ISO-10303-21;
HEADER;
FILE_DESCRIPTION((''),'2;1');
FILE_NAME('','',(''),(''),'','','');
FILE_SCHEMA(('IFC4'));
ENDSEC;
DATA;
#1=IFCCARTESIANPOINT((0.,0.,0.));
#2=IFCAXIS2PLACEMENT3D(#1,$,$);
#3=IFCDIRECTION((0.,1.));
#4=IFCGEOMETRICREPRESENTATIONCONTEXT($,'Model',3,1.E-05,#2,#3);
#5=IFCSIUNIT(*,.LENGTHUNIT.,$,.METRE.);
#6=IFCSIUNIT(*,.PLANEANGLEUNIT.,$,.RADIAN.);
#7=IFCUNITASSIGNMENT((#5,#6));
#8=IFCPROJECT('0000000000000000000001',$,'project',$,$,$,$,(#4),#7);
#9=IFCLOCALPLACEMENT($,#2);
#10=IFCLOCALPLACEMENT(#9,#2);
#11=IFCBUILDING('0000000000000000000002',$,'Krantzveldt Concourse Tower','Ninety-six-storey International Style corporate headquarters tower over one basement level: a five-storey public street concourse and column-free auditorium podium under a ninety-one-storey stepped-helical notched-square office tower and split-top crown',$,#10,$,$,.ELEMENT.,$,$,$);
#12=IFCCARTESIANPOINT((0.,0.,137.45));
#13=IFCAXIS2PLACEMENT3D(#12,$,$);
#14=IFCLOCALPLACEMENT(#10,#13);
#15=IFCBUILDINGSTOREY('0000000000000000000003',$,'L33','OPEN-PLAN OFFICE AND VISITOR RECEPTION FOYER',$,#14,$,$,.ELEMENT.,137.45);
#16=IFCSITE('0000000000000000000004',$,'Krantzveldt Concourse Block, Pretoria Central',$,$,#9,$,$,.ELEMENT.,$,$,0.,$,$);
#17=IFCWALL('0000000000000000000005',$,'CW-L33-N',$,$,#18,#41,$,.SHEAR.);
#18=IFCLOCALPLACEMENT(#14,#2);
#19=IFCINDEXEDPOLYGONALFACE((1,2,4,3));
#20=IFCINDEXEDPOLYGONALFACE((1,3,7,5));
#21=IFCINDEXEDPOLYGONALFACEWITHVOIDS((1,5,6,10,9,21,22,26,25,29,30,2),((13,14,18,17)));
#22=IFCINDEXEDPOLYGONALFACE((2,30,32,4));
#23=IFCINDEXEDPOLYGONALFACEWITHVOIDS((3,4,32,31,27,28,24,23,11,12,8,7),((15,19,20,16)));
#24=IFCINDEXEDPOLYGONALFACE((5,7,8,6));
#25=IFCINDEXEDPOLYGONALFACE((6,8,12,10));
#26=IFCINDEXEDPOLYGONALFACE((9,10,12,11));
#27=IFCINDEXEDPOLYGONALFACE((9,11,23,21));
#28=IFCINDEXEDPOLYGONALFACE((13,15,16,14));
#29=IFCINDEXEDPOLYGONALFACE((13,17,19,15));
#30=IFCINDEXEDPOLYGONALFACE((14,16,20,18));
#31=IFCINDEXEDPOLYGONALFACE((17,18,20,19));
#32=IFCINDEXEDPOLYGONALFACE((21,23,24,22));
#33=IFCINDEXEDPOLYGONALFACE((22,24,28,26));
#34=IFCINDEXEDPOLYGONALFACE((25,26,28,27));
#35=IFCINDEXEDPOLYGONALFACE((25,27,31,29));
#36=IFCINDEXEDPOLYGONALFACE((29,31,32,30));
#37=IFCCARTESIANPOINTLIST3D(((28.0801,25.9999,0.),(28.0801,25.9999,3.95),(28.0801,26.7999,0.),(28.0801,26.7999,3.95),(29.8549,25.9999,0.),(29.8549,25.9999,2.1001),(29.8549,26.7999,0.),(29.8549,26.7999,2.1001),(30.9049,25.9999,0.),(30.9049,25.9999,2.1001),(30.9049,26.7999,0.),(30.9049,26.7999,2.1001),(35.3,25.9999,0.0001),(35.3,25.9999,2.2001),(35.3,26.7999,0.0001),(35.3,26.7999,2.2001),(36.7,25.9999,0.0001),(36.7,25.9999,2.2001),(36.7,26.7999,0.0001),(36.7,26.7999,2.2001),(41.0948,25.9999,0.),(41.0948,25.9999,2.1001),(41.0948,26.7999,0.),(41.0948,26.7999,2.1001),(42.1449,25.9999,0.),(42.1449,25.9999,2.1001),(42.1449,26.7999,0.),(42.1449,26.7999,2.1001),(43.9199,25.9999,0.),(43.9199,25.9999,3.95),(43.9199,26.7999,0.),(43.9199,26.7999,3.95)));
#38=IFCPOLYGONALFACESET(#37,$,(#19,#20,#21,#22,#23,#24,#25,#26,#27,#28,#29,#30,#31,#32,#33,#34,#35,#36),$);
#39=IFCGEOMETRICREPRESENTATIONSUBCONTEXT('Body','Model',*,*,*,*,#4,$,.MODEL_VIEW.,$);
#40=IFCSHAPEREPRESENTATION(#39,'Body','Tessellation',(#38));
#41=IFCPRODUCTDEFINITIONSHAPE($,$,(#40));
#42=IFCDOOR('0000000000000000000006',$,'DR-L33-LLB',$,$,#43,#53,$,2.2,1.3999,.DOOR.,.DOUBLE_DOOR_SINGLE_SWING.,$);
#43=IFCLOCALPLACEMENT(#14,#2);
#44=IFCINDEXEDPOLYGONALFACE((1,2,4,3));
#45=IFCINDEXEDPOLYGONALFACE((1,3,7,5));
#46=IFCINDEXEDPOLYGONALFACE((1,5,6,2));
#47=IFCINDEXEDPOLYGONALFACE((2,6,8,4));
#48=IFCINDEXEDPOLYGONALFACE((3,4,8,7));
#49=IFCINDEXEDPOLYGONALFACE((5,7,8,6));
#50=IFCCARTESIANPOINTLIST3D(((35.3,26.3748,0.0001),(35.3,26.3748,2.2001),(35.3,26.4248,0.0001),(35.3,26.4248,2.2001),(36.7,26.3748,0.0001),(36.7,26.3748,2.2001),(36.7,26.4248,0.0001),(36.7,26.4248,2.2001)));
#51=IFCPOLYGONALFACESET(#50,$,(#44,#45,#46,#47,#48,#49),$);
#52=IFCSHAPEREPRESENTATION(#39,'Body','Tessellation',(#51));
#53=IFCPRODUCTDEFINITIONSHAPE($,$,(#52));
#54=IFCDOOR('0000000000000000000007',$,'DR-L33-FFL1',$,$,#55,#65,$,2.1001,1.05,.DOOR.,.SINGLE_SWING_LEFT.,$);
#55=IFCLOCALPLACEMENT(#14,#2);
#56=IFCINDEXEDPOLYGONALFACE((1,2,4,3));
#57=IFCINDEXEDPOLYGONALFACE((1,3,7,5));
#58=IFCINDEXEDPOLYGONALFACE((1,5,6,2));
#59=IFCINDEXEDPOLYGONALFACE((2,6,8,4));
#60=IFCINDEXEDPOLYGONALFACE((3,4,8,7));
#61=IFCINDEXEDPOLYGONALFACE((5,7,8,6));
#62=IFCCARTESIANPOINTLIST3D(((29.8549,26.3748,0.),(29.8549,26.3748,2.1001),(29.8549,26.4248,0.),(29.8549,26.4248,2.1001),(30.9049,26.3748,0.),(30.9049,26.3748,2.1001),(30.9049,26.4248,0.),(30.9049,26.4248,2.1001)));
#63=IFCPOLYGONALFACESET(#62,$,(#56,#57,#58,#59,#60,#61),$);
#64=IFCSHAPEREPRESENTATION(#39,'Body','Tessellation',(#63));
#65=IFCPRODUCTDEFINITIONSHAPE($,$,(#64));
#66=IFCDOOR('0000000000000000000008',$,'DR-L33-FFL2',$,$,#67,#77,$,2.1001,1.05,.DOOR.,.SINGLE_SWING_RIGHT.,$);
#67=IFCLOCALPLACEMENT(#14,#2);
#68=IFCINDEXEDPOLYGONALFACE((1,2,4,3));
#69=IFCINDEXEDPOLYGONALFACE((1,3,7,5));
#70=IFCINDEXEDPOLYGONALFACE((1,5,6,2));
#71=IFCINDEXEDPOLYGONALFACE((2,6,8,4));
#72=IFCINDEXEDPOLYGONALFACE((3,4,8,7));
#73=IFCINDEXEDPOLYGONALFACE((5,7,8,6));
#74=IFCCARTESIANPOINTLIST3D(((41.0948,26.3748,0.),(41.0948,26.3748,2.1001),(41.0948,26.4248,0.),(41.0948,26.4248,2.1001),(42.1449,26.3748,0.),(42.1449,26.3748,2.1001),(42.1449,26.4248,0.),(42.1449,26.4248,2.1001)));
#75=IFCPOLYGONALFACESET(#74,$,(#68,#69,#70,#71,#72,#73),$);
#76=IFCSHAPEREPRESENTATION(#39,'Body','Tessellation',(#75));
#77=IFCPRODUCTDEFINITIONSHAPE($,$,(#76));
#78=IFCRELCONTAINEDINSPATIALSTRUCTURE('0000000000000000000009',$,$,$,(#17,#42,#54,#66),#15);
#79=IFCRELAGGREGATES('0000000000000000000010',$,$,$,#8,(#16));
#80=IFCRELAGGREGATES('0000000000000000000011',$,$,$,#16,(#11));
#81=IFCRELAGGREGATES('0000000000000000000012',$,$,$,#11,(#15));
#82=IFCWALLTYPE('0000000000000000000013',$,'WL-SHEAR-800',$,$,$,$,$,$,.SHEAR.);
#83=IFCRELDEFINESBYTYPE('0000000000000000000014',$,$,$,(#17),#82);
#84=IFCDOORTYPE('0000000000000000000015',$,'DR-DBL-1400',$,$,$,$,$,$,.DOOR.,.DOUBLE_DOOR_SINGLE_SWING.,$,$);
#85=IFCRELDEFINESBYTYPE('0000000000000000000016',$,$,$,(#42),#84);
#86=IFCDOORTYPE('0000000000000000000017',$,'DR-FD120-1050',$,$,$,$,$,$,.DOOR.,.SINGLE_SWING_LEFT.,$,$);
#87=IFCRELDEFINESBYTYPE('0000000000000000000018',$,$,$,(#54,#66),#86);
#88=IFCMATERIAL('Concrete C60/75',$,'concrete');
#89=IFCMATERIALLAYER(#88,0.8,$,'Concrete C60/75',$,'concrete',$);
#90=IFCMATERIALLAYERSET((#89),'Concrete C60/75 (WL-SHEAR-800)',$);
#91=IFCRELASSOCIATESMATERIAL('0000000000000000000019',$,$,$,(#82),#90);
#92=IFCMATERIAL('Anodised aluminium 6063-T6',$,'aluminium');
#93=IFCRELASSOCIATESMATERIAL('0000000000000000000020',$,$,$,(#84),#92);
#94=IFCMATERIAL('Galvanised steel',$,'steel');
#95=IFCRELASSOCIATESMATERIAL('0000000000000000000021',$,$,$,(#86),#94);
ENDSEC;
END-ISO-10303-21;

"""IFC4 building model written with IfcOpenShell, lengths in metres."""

from ifc_helpers import new_model, si_unit, direction, frame, frame_2d, origin, place, context, subcontext, project, spatial, rectangle, extrude, material, layer, layer_set, type_object, element, fill, save


model = new_model("IFC4")

# Units and contexts
model_context = context("Model", 3, precision=1e-05, world=origin(), true_north=direction((0.0, 1.0)))
body_context = subcontext(model_context, "Body", "Model", "MODEL_VIEW")
ifc_project = project(units=[si_unit("LENGTHUNIT", "METRE"), si_unit("PLANEANGLEUNIT", "RADIAN")], contexts=[model_context])

# Site, building, storey
site_placement = place(None, origin())
site = spatial("IfcSite", under=ifc_project, at=site_placement, Name="Krantzveldt Concourse Block, Pretoria Central", CompositionType="ELEMENT", RefElevation=0.0)
building_placement = place(site_placement, origin())
building = spatial("IfcBuilding", under=site, at=building_placement, Name="Krantzveldt Concourse Tower", Description="Ninety-six-storey International Style corporate headquarters tower over one basement level: a five-storey public street concourse and column-free auditorium podium under a ninety-one-storey stepped-helical notched-square office tower and split-top crown", CompositionType="ELEMENT")
storey_placement = place(building_placement, frame((0.0, 0.0, 137.45)))
storey = spatial("IfcBuildingStorey", under=building, at=storey_placement, Name="L33", Description="OPEN-PLAN OFFICE AND VISITOR RECEPTION FOYER", CompositionType="ELEMENT", Elevation=137.45)

# Wall, openings, doors
ifc_material_1 = material(Name="Concrete C60/75", Category="concrete")
ifc_layer_1 = layer(ifc_material_1, 0.8, Name="Concrete C60/75", Category="concrete")
ifc_layer_set_1 = layer_set([ifc_layer_1], Name="Concrete C60/75 (WL-SHEAR-800)")
wall_type_1 = type_object("IfcWallType", Name="WL-SHEAR-800", PredefinedType="SHEAR", material=ifc_layer_set_1)
wall_1_placement = place(storey_placement, frame((28.0801, 26.3999, 0.0), z_axis=(0.0, 0.0, 1.0), x_axis=(1.0, 0.0, 0.0)))
wall_1 = element("IfcWall", 1, at=wall_1_placement, inside=storey, type_object=wall_type_1, Name="CW-L33-N", PredefinedType="SHEAR", context=body_context, shape_type="SweptSolid", body=[
    extrude(rectangle(XDim=15.8398, YDim=0.8, at=frame_2d((7.9199, 0.0))), origin(), (0.0, 0.0, 1.0), 3.95),
])
opening_1_placement = place(wall_1_placement, frame((7.22, 0.0, 0.0)))
opening_1 = element("IfcOpeningElement", 2, at=opening_1_placement, cuts=wall_1, PredefinedType="OPENING", context=body_context, shape_type="SweptSolid", body=[
    extrude(rectangle(XDim=1.3999, YDim=2.2, at=frame_2d((0.7, 1.1001))), frame((0.0, 0.4102, 0.0), z_axis=(0.0, -1.0, 0.0), x_axis=(1.0, 0.0, 0.0)), (0.0, 0.0, 1.0), 0.8201),
])
opening_2_placement = place(wall_1_placement, frame((1.7749, 0.0, 0.0)))
opening_2 = element("IfcOpeningElement", 3, at=opening_2_placement, cuts=wall_1, PredefinedType="OPENING", context=body_context, shape_type="SweptSolid", body=[
    extrude(rectangle(XDim=1.05, YDim=2.1001, at=frame_2d((0.5249, 1.05))), frame((0.0, 0.4102, 0.0), z_axis=(0.0, -1.0, 0.0), x_axis=(1.0, 0.0, 0.0)), (0.0, 0.0, 1.0), 0.8201),
])
opening_3_placement = place(wall_1_placement, frame((13.0149, 0.0, 0.0)))
opening_3 = element("IfcOpeningElement", 4, at=opening_3_placement, cuts=wall_1, PredefinedType="OPENING", context=body_context, shape_type="SweptSolid", body=[
    extrude(rectangle(XDim=1.05, YDim=2.1001, at=frame_2d((0.5249, 1.05))), frame((0.0, 0.4102, 0.0), z_axis=(0.0, -1.0, 0.0), x_axis=(1.0, 0.0, 0.0)), (0.0, 0.0, 1.0), 0.8201),
])
ifc_material_2 = material(Name="Anodised aluminium 6063-T6", Category="aluminium")
door_type_1 = type_object("IfcDoorType", Name="DR-DBL-1400", OperationType="DOUBLE_DOOR_SINGLE_SWING", PredefinedType="DOOR", material=ifc_material_2)
door_1_placement = place(opening_1_placement, origin())
door_1 = element("IfcDoor", 5, at=door_1_placement, inside=storey, type_object=door_type_1, Name="DR-L33-LLB", OperationType="DOUBLE_DOOR_SINGLE_SWING", OverallHeight=2.2, OverallWidth=1.3999, PredefinedType="DOOR", context=body_context, shape_type="SweptSolid", body=[
    extrude(rectangle(XDim=1.3999, YDim=2.2, at=frame_2d((0.7, 1.1001))), frame((0.0, 0.0249, 0.0), z_axis=(0.0, -1.0, 0.0), x_axis=(1.0, 0.0, 0.0)), (0.0, 0.0, 1.0), 0.05),
])
fill(opening_1, door_1)
ifc_material_3 = material(Name="Galvanised steel", Category="steel")
door_type_2 = type_object("IfcDoorType", Name="DR-FD120-1050", OperationType="SINGLE_SWING_LEFT", PredefinedType="DOOR", material=ifc_material_3)
door_2_placement = place(opening_2_placement, origin())
door_2 = element("IfcDoor", 6, at=door_2_placement, inside=storey, type_object=door_type_2, Name="DR-L33-FFL1", OperationType="SINGLE_SWING_LEFT", OverallHeight=2.1001, OverallWidth=1.05, PredefinedType="DOOR", context=body_context, shape_type="SweptSolid", body=[
    extrude(rectangle(XDim=1.05, YDim=2.1001, at=frame_2d((0.5249, 1.05))), frame((0.0, 0.0249, 0.0), z_axis=(0.0, -1.0, 0.0), x_axis=(1.0, 0.0, 0.0)), (0.0, 0.0, 1.0), 0.05),
])
fill(opening_2, door_2)
door_3_placement = place(opening_3_placement, origin())
door_3 = element("IfcDoor", 7, at=door_3_placement, inside=storey, type_object=door_type_2, Name="DR-L33-FFL2", OperationType="SINGLE_SWING_RIGHT", OverallHeight=2.1001, OverallWidth=1.05, PredefinedType="DOOR", context=body_context, shape_type="SweptSolid", body=[
    extrude(rectangle(XDim=1.05, YDim=2.1001, at=frame_2d((0.5249, 1.05))), frame((0.0, 0.0249, 0.0), z_axis=(0.0, -1.0, 0.0), x_axis=(1.0, 0.0, 0.0)), (0.0, 0.0, 1.0), 0.05),
])
fill(opening_3, door_3)

save(model, "model.ifc")
